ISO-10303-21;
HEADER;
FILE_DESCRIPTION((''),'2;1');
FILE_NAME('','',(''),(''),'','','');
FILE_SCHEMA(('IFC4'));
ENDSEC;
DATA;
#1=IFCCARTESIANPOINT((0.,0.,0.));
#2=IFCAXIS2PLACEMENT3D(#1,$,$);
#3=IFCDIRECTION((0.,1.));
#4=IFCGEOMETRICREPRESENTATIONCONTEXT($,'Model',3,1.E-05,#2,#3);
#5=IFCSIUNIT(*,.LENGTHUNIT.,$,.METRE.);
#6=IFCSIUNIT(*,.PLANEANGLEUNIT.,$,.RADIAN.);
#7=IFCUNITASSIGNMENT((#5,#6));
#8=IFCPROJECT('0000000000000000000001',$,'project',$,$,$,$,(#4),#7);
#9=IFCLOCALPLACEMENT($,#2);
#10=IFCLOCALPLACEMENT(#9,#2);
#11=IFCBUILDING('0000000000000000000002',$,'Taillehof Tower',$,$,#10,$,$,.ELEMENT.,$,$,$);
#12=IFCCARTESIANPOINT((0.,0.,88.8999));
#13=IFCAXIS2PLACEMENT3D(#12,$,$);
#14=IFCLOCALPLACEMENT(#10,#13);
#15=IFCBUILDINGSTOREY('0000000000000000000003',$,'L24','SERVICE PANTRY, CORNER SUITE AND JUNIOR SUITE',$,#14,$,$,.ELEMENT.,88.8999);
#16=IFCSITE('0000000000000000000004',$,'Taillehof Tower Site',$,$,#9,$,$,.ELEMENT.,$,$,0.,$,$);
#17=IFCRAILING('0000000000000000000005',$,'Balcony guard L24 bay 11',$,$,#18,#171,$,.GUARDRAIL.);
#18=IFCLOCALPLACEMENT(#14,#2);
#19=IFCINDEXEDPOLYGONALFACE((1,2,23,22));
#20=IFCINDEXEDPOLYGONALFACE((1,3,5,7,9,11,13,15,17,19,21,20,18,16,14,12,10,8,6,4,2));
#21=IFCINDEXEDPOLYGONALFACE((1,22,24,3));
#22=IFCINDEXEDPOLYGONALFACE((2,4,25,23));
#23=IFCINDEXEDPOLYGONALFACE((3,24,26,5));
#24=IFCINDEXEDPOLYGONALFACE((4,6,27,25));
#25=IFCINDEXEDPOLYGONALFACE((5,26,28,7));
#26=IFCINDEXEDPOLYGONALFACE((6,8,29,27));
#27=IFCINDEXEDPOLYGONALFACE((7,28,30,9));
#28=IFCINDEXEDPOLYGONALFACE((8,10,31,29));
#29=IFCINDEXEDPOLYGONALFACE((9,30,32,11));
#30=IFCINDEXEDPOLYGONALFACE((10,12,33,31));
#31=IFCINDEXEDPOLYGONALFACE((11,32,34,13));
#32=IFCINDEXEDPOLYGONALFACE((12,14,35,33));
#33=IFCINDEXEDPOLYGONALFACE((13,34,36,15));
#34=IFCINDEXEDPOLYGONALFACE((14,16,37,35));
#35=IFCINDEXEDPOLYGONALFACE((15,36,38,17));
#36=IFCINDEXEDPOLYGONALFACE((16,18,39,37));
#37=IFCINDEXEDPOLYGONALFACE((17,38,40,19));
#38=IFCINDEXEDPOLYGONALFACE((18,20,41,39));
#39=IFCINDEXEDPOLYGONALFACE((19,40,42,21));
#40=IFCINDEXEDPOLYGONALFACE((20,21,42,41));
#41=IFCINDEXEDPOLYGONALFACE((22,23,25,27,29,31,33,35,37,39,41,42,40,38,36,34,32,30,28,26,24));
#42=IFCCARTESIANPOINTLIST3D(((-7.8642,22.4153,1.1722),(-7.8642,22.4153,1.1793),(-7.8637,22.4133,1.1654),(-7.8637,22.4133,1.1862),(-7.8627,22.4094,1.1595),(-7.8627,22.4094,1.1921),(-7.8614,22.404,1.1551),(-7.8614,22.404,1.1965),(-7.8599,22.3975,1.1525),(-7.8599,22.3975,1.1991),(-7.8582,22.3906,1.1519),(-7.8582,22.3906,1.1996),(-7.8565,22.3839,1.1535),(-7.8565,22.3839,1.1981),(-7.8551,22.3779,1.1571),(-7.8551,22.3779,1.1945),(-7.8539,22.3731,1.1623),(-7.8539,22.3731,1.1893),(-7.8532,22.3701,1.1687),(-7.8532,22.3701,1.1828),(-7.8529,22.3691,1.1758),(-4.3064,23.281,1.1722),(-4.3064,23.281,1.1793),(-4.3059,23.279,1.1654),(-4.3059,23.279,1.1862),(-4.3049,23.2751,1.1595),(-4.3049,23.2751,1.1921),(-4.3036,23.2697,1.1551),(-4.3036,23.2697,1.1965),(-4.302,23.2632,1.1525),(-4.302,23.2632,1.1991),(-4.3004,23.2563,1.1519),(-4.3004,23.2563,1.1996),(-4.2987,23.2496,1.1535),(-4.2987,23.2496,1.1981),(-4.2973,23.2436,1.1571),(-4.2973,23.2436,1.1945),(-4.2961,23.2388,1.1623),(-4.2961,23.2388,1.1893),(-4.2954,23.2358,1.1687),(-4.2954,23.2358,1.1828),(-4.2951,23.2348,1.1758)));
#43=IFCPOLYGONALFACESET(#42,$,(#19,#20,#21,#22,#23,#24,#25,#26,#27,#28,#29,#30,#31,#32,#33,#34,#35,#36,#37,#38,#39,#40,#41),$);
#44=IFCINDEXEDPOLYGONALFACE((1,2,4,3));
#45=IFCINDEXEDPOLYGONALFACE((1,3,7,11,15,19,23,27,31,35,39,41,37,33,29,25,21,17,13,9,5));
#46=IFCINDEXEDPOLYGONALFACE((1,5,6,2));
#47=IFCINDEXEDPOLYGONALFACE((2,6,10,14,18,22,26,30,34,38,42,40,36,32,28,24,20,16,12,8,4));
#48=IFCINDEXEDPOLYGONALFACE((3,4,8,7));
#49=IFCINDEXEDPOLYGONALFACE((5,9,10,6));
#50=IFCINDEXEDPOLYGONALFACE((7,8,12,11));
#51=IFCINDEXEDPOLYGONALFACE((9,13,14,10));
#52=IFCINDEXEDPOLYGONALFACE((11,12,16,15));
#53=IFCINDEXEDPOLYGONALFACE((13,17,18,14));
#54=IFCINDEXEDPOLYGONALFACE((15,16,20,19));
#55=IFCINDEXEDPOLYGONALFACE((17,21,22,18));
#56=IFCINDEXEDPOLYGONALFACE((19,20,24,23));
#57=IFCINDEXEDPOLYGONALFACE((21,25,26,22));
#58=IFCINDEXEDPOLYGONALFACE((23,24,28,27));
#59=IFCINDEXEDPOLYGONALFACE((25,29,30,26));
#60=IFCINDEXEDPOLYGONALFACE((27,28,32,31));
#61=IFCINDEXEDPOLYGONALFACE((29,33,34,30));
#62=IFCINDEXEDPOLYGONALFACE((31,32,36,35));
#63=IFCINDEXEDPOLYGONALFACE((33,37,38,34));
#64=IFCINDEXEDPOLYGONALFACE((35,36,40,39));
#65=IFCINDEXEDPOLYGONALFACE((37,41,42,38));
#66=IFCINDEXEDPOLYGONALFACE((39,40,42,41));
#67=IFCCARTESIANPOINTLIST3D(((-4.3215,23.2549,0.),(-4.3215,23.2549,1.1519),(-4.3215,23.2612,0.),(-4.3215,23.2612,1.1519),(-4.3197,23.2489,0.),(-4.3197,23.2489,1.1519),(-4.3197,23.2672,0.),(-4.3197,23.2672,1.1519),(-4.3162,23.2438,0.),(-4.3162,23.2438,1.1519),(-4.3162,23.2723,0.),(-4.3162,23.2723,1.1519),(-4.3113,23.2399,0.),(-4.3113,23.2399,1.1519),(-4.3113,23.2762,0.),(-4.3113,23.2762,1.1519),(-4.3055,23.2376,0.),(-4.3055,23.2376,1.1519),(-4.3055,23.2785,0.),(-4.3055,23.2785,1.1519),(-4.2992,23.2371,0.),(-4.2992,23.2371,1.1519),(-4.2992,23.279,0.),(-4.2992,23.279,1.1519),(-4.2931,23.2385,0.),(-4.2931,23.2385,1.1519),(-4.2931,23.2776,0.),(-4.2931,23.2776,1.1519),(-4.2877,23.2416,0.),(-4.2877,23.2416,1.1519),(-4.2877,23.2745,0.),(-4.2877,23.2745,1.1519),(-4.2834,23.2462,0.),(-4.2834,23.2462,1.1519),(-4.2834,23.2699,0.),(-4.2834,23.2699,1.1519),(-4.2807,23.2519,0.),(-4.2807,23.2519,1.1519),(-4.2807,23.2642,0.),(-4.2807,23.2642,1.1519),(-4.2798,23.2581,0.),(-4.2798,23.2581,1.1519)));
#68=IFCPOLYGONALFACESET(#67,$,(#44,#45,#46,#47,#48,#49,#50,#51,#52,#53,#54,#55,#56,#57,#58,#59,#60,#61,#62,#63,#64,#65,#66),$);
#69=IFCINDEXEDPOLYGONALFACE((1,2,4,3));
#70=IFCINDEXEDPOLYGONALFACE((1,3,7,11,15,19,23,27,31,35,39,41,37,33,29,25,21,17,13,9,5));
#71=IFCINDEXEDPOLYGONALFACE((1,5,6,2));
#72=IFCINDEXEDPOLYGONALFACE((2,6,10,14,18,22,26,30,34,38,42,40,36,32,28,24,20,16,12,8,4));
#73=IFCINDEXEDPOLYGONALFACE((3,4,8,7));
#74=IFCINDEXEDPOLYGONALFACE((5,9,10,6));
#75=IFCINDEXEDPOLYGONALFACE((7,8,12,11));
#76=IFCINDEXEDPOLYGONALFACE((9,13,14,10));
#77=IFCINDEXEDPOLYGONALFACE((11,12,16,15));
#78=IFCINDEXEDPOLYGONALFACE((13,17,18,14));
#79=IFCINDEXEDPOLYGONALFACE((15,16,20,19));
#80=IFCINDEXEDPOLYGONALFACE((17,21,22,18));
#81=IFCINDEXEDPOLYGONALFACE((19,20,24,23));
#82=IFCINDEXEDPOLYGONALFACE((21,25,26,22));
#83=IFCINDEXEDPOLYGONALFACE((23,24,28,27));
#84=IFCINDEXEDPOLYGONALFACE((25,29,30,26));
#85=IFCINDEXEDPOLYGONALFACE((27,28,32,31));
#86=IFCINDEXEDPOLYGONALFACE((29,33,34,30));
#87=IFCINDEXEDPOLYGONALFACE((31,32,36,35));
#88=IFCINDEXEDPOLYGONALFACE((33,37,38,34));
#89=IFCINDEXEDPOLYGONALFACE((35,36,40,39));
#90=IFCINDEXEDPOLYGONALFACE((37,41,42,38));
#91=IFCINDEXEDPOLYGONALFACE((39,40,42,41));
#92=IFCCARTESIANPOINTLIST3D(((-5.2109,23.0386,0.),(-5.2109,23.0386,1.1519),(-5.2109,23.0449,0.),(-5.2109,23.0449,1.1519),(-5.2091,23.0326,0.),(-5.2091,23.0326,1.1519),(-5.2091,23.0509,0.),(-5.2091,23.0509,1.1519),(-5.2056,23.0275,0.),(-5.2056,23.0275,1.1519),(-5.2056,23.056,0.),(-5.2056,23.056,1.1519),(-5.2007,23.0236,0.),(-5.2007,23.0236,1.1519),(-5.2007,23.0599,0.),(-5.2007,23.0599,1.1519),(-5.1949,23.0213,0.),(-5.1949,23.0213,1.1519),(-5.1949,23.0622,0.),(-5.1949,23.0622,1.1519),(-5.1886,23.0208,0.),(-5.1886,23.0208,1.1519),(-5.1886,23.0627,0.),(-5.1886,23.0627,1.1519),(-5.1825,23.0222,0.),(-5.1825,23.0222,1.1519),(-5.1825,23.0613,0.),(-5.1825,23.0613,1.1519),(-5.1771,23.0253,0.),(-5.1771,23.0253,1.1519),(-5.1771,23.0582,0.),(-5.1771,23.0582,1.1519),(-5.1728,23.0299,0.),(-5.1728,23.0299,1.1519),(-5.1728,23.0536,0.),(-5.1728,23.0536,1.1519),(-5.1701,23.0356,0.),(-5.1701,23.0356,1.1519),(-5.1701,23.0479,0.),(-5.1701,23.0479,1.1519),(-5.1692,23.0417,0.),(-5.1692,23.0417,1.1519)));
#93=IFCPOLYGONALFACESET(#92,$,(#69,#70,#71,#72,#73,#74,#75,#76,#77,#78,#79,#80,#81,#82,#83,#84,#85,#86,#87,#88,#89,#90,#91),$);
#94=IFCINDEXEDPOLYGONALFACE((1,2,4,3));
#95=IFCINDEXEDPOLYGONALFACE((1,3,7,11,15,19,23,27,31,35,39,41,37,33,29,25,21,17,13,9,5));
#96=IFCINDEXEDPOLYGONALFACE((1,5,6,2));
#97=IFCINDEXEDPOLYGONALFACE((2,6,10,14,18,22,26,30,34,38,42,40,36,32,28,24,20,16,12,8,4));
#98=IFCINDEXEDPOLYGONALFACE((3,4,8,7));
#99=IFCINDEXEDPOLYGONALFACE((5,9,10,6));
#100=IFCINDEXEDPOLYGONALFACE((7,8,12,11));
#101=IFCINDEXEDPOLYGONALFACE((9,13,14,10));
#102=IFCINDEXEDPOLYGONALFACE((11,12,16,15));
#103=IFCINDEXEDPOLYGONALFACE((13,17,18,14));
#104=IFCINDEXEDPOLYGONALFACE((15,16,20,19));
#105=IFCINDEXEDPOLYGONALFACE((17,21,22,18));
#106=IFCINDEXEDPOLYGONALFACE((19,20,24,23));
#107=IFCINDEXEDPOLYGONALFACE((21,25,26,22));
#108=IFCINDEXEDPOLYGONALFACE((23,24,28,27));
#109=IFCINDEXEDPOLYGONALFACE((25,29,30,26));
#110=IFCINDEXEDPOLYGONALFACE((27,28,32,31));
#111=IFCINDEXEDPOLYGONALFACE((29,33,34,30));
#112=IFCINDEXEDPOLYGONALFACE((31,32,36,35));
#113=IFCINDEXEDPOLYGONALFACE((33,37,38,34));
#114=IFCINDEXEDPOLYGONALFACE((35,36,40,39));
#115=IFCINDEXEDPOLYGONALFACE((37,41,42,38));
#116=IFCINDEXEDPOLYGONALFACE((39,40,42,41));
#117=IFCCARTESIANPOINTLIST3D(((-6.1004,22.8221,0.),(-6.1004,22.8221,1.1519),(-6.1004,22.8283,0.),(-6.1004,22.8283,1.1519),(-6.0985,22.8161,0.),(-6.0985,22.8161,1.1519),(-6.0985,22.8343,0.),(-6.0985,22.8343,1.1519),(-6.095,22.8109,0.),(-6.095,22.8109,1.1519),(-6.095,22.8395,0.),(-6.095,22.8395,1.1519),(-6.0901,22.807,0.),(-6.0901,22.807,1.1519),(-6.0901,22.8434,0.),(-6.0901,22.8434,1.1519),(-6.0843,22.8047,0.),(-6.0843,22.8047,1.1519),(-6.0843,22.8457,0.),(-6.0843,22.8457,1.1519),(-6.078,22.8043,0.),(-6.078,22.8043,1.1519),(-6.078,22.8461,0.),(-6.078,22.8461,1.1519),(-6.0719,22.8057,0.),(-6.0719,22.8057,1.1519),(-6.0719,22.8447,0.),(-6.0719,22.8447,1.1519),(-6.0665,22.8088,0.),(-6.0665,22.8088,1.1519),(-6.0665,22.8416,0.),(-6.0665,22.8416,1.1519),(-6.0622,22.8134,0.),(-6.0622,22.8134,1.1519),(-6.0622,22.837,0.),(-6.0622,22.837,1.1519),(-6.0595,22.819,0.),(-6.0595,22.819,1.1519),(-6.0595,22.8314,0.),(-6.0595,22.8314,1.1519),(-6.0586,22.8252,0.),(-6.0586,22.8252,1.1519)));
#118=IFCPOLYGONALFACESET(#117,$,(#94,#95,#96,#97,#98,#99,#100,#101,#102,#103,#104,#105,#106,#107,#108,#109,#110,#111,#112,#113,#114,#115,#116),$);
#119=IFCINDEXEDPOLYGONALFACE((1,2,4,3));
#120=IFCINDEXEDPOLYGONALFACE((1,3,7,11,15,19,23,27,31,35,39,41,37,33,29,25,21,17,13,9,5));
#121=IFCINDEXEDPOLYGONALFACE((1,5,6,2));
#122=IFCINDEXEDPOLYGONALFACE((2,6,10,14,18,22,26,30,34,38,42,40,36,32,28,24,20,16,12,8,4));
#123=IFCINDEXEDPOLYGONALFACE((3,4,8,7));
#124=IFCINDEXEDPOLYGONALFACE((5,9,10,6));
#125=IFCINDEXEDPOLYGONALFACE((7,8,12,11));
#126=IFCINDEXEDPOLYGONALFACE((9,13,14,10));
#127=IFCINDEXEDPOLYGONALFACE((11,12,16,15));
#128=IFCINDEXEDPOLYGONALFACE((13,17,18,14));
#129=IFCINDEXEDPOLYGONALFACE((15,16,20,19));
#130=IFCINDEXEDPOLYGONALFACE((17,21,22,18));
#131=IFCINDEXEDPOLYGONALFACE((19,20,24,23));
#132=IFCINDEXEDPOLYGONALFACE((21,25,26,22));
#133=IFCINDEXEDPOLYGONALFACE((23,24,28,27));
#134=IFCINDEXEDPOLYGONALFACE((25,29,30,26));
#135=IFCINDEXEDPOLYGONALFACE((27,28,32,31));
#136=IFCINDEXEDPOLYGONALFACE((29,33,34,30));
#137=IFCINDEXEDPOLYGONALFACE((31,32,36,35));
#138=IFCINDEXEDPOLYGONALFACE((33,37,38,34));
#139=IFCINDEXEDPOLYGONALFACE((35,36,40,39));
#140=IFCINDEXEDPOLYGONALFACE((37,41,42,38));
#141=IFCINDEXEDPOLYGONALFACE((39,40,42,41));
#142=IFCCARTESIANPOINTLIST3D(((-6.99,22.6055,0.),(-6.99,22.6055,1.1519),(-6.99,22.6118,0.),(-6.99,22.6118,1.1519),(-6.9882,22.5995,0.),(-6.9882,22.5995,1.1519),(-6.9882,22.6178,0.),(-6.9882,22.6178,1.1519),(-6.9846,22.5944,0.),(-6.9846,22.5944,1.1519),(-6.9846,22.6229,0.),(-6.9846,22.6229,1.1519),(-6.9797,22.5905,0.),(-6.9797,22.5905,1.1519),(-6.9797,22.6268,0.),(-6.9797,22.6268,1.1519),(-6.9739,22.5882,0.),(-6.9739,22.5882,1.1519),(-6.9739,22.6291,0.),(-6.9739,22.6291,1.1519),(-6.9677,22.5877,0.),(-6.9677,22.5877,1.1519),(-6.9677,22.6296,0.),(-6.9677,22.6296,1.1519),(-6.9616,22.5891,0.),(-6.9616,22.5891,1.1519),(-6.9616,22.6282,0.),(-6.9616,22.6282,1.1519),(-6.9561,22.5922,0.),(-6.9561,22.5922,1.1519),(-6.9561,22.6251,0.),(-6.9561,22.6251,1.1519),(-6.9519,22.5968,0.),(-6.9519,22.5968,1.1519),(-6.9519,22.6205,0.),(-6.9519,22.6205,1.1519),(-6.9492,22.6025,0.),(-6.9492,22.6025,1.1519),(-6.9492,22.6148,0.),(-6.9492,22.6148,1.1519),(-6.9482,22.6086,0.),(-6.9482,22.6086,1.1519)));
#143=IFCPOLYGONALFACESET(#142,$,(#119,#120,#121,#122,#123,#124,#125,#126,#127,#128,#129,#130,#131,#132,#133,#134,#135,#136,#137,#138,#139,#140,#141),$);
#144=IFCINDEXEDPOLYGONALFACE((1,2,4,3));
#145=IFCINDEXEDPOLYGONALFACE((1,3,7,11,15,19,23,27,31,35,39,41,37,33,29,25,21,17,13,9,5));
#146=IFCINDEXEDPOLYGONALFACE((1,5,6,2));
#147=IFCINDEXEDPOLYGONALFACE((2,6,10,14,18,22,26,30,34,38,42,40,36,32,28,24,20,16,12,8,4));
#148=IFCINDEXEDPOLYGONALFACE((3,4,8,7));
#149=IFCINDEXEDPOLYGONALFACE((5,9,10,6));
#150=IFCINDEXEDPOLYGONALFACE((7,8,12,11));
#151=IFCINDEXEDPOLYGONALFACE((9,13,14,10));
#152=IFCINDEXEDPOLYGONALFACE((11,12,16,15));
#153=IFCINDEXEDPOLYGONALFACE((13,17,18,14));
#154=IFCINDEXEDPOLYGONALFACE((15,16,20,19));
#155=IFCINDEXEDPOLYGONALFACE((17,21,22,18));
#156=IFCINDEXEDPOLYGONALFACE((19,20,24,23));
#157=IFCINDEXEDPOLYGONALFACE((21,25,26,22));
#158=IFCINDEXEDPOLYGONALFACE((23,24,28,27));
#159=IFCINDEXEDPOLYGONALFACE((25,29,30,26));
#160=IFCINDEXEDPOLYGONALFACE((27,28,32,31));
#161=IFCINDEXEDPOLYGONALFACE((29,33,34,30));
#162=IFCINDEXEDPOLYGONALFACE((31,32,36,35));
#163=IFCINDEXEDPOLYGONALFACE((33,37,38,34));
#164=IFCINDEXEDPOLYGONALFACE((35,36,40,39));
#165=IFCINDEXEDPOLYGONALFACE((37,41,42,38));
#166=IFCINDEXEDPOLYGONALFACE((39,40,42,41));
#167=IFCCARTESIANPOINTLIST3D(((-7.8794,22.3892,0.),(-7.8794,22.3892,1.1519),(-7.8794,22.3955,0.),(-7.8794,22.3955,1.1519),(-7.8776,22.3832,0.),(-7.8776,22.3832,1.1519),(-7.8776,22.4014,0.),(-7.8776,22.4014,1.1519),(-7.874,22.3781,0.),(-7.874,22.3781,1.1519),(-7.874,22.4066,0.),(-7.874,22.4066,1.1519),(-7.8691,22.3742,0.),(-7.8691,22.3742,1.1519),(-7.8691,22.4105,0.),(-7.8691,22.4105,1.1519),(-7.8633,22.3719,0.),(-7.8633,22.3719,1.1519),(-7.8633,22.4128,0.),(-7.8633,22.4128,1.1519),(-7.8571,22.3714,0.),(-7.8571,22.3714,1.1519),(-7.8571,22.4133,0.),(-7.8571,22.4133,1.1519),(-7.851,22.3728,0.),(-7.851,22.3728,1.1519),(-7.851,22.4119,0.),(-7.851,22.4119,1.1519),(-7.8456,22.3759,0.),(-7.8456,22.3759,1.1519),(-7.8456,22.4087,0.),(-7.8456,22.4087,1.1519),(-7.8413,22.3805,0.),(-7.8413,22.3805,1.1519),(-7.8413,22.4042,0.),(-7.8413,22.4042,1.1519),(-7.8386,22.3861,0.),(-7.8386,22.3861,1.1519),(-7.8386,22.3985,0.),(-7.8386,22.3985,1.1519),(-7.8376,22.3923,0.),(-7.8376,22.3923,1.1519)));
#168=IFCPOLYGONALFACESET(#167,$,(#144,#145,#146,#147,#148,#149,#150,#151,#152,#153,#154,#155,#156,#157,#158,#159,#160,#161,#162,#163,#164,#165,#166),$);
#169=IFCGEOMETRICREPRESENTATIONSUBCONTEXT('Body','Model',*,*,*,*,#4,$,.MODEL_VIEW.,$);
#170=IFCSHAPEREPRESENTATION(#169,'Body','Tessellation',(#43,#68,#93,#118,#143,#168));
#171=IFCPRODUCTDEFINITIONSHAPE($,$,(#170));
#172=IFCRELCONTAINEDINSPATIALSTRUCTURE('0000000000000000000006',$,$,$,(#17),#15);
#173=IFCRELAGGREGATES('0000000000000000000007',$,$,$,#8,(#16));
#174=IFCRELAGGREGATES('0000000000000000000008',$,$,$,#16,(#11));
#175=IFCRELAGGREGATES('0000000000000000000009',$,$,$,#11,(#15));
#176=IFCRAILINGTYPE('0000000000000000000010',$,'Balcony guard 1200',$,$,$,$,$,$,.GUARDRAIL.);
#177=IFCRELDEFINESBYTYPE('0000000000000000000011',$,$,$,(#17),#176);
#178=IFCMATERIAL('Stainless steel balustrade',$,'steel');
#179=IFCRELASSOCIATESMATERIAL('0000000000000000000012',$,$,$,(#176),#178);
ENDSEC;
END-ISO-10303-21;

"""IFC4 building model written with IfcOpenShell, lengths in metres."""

from ifc_helpers import new_model, si_unit, direction, frame, origin, origin_2d, place, context, subcontext, project, spatial, circle, extrude, material, type_object, element, save


model = new_model("IFC4")

# Units and contexts
model_context = context("Model", 3, precision=1e-05, world=origin(), true_north=direction((0.0, 1.0)))
body_context = subcontext(model_context, "Body", "Model", "MODEL_VIEW")
ifc_project = project(units=[si_unit("LENGTHUNIT", "METRE"), si_unit("PLANEANGLEUNIT", "RADIAN")], contexts=[model_context])

# Site, building, storey
site_placement = place(None, origin())
site = spatial("IfcSite", under=ifc_project, at=site_placement, Name="Taillehof Tower Site", CompositionType="ELEMENT", RefElevation=0.0)
building_placement = place(site_placement, origin())
building = spatial("IfcBuilding", under=site, at=building_placement, Name="Taillehof Tower", CompositionType="ELEMENT")
storey_placement = place(building_placement, frame((0.0, 0.0, 88.8999)))
storey = spatial("IfcBuildingStorey", under=building, at=storey_placement, Name="L24", Description="SERVICE PANTRY, CORNER SUITE AND JUNIOR SUITE", CompositionType="ELEMENT", Elevation=88.8999)

# Railing
ifc_material_1 = material(Name="Stainless steel balustrade", Category="steel")
railing_type = type_object("IfcRailingType", Name="Balcony guard 1200", PredefinedType="GUARDRAIL", material=ifc_material_1)
railing_placement = place(storey_placement, frame((-4.3008, 23.2581, 0.0)))
element("IfcRailing", 1, at=railing_placement, inside=storey, type_object=railing_type, Name="Balcony guard L24 bay 11", PredefinedType="GUARDRAIL", context=body_context, shape_type="SweptSolid", body=[
    extrude(circle(Radius=0.0239, at=origin_2d()), frame((0.0, 0.0, 1.1758), z_axis=(-0.971649, -0.236428, 0.0), x_axis=(0.236428, -0.971649, 0.0)), (0.0, 0.0, 1.0), 3.6616),
    extrude(circle(Radius=0.021, at=origin_2d()), origin(), (0.0, 0.0, 1.0), 1.1519),
    extrude(circle(Radius=0.021, at=origin_2d()), frame((-0.8894, -0.2163, 0.0)), (0.0, 0.0, 1.0), 1.1519),
    extrude(circle(Radius=0.021, at=origin_2d()), frame((-1.7788, -0.4329, 0.0)), (0.0, 0.0, 1.0), 1.1519),
    extrude(circle(Radius=0.021, at=origin_2d()), frame((-2.6685, -0.6494, 0.0)), (0.0, 0.0, 1.0), 1.1519),
    extrude(circle(Radius=0.021, at=origin_2d()), frame((-3.5579, -0.8657, 0.0)), (0.0, 0.0, 1.0), 1.1519),
])

save(model, "model.ifc")
